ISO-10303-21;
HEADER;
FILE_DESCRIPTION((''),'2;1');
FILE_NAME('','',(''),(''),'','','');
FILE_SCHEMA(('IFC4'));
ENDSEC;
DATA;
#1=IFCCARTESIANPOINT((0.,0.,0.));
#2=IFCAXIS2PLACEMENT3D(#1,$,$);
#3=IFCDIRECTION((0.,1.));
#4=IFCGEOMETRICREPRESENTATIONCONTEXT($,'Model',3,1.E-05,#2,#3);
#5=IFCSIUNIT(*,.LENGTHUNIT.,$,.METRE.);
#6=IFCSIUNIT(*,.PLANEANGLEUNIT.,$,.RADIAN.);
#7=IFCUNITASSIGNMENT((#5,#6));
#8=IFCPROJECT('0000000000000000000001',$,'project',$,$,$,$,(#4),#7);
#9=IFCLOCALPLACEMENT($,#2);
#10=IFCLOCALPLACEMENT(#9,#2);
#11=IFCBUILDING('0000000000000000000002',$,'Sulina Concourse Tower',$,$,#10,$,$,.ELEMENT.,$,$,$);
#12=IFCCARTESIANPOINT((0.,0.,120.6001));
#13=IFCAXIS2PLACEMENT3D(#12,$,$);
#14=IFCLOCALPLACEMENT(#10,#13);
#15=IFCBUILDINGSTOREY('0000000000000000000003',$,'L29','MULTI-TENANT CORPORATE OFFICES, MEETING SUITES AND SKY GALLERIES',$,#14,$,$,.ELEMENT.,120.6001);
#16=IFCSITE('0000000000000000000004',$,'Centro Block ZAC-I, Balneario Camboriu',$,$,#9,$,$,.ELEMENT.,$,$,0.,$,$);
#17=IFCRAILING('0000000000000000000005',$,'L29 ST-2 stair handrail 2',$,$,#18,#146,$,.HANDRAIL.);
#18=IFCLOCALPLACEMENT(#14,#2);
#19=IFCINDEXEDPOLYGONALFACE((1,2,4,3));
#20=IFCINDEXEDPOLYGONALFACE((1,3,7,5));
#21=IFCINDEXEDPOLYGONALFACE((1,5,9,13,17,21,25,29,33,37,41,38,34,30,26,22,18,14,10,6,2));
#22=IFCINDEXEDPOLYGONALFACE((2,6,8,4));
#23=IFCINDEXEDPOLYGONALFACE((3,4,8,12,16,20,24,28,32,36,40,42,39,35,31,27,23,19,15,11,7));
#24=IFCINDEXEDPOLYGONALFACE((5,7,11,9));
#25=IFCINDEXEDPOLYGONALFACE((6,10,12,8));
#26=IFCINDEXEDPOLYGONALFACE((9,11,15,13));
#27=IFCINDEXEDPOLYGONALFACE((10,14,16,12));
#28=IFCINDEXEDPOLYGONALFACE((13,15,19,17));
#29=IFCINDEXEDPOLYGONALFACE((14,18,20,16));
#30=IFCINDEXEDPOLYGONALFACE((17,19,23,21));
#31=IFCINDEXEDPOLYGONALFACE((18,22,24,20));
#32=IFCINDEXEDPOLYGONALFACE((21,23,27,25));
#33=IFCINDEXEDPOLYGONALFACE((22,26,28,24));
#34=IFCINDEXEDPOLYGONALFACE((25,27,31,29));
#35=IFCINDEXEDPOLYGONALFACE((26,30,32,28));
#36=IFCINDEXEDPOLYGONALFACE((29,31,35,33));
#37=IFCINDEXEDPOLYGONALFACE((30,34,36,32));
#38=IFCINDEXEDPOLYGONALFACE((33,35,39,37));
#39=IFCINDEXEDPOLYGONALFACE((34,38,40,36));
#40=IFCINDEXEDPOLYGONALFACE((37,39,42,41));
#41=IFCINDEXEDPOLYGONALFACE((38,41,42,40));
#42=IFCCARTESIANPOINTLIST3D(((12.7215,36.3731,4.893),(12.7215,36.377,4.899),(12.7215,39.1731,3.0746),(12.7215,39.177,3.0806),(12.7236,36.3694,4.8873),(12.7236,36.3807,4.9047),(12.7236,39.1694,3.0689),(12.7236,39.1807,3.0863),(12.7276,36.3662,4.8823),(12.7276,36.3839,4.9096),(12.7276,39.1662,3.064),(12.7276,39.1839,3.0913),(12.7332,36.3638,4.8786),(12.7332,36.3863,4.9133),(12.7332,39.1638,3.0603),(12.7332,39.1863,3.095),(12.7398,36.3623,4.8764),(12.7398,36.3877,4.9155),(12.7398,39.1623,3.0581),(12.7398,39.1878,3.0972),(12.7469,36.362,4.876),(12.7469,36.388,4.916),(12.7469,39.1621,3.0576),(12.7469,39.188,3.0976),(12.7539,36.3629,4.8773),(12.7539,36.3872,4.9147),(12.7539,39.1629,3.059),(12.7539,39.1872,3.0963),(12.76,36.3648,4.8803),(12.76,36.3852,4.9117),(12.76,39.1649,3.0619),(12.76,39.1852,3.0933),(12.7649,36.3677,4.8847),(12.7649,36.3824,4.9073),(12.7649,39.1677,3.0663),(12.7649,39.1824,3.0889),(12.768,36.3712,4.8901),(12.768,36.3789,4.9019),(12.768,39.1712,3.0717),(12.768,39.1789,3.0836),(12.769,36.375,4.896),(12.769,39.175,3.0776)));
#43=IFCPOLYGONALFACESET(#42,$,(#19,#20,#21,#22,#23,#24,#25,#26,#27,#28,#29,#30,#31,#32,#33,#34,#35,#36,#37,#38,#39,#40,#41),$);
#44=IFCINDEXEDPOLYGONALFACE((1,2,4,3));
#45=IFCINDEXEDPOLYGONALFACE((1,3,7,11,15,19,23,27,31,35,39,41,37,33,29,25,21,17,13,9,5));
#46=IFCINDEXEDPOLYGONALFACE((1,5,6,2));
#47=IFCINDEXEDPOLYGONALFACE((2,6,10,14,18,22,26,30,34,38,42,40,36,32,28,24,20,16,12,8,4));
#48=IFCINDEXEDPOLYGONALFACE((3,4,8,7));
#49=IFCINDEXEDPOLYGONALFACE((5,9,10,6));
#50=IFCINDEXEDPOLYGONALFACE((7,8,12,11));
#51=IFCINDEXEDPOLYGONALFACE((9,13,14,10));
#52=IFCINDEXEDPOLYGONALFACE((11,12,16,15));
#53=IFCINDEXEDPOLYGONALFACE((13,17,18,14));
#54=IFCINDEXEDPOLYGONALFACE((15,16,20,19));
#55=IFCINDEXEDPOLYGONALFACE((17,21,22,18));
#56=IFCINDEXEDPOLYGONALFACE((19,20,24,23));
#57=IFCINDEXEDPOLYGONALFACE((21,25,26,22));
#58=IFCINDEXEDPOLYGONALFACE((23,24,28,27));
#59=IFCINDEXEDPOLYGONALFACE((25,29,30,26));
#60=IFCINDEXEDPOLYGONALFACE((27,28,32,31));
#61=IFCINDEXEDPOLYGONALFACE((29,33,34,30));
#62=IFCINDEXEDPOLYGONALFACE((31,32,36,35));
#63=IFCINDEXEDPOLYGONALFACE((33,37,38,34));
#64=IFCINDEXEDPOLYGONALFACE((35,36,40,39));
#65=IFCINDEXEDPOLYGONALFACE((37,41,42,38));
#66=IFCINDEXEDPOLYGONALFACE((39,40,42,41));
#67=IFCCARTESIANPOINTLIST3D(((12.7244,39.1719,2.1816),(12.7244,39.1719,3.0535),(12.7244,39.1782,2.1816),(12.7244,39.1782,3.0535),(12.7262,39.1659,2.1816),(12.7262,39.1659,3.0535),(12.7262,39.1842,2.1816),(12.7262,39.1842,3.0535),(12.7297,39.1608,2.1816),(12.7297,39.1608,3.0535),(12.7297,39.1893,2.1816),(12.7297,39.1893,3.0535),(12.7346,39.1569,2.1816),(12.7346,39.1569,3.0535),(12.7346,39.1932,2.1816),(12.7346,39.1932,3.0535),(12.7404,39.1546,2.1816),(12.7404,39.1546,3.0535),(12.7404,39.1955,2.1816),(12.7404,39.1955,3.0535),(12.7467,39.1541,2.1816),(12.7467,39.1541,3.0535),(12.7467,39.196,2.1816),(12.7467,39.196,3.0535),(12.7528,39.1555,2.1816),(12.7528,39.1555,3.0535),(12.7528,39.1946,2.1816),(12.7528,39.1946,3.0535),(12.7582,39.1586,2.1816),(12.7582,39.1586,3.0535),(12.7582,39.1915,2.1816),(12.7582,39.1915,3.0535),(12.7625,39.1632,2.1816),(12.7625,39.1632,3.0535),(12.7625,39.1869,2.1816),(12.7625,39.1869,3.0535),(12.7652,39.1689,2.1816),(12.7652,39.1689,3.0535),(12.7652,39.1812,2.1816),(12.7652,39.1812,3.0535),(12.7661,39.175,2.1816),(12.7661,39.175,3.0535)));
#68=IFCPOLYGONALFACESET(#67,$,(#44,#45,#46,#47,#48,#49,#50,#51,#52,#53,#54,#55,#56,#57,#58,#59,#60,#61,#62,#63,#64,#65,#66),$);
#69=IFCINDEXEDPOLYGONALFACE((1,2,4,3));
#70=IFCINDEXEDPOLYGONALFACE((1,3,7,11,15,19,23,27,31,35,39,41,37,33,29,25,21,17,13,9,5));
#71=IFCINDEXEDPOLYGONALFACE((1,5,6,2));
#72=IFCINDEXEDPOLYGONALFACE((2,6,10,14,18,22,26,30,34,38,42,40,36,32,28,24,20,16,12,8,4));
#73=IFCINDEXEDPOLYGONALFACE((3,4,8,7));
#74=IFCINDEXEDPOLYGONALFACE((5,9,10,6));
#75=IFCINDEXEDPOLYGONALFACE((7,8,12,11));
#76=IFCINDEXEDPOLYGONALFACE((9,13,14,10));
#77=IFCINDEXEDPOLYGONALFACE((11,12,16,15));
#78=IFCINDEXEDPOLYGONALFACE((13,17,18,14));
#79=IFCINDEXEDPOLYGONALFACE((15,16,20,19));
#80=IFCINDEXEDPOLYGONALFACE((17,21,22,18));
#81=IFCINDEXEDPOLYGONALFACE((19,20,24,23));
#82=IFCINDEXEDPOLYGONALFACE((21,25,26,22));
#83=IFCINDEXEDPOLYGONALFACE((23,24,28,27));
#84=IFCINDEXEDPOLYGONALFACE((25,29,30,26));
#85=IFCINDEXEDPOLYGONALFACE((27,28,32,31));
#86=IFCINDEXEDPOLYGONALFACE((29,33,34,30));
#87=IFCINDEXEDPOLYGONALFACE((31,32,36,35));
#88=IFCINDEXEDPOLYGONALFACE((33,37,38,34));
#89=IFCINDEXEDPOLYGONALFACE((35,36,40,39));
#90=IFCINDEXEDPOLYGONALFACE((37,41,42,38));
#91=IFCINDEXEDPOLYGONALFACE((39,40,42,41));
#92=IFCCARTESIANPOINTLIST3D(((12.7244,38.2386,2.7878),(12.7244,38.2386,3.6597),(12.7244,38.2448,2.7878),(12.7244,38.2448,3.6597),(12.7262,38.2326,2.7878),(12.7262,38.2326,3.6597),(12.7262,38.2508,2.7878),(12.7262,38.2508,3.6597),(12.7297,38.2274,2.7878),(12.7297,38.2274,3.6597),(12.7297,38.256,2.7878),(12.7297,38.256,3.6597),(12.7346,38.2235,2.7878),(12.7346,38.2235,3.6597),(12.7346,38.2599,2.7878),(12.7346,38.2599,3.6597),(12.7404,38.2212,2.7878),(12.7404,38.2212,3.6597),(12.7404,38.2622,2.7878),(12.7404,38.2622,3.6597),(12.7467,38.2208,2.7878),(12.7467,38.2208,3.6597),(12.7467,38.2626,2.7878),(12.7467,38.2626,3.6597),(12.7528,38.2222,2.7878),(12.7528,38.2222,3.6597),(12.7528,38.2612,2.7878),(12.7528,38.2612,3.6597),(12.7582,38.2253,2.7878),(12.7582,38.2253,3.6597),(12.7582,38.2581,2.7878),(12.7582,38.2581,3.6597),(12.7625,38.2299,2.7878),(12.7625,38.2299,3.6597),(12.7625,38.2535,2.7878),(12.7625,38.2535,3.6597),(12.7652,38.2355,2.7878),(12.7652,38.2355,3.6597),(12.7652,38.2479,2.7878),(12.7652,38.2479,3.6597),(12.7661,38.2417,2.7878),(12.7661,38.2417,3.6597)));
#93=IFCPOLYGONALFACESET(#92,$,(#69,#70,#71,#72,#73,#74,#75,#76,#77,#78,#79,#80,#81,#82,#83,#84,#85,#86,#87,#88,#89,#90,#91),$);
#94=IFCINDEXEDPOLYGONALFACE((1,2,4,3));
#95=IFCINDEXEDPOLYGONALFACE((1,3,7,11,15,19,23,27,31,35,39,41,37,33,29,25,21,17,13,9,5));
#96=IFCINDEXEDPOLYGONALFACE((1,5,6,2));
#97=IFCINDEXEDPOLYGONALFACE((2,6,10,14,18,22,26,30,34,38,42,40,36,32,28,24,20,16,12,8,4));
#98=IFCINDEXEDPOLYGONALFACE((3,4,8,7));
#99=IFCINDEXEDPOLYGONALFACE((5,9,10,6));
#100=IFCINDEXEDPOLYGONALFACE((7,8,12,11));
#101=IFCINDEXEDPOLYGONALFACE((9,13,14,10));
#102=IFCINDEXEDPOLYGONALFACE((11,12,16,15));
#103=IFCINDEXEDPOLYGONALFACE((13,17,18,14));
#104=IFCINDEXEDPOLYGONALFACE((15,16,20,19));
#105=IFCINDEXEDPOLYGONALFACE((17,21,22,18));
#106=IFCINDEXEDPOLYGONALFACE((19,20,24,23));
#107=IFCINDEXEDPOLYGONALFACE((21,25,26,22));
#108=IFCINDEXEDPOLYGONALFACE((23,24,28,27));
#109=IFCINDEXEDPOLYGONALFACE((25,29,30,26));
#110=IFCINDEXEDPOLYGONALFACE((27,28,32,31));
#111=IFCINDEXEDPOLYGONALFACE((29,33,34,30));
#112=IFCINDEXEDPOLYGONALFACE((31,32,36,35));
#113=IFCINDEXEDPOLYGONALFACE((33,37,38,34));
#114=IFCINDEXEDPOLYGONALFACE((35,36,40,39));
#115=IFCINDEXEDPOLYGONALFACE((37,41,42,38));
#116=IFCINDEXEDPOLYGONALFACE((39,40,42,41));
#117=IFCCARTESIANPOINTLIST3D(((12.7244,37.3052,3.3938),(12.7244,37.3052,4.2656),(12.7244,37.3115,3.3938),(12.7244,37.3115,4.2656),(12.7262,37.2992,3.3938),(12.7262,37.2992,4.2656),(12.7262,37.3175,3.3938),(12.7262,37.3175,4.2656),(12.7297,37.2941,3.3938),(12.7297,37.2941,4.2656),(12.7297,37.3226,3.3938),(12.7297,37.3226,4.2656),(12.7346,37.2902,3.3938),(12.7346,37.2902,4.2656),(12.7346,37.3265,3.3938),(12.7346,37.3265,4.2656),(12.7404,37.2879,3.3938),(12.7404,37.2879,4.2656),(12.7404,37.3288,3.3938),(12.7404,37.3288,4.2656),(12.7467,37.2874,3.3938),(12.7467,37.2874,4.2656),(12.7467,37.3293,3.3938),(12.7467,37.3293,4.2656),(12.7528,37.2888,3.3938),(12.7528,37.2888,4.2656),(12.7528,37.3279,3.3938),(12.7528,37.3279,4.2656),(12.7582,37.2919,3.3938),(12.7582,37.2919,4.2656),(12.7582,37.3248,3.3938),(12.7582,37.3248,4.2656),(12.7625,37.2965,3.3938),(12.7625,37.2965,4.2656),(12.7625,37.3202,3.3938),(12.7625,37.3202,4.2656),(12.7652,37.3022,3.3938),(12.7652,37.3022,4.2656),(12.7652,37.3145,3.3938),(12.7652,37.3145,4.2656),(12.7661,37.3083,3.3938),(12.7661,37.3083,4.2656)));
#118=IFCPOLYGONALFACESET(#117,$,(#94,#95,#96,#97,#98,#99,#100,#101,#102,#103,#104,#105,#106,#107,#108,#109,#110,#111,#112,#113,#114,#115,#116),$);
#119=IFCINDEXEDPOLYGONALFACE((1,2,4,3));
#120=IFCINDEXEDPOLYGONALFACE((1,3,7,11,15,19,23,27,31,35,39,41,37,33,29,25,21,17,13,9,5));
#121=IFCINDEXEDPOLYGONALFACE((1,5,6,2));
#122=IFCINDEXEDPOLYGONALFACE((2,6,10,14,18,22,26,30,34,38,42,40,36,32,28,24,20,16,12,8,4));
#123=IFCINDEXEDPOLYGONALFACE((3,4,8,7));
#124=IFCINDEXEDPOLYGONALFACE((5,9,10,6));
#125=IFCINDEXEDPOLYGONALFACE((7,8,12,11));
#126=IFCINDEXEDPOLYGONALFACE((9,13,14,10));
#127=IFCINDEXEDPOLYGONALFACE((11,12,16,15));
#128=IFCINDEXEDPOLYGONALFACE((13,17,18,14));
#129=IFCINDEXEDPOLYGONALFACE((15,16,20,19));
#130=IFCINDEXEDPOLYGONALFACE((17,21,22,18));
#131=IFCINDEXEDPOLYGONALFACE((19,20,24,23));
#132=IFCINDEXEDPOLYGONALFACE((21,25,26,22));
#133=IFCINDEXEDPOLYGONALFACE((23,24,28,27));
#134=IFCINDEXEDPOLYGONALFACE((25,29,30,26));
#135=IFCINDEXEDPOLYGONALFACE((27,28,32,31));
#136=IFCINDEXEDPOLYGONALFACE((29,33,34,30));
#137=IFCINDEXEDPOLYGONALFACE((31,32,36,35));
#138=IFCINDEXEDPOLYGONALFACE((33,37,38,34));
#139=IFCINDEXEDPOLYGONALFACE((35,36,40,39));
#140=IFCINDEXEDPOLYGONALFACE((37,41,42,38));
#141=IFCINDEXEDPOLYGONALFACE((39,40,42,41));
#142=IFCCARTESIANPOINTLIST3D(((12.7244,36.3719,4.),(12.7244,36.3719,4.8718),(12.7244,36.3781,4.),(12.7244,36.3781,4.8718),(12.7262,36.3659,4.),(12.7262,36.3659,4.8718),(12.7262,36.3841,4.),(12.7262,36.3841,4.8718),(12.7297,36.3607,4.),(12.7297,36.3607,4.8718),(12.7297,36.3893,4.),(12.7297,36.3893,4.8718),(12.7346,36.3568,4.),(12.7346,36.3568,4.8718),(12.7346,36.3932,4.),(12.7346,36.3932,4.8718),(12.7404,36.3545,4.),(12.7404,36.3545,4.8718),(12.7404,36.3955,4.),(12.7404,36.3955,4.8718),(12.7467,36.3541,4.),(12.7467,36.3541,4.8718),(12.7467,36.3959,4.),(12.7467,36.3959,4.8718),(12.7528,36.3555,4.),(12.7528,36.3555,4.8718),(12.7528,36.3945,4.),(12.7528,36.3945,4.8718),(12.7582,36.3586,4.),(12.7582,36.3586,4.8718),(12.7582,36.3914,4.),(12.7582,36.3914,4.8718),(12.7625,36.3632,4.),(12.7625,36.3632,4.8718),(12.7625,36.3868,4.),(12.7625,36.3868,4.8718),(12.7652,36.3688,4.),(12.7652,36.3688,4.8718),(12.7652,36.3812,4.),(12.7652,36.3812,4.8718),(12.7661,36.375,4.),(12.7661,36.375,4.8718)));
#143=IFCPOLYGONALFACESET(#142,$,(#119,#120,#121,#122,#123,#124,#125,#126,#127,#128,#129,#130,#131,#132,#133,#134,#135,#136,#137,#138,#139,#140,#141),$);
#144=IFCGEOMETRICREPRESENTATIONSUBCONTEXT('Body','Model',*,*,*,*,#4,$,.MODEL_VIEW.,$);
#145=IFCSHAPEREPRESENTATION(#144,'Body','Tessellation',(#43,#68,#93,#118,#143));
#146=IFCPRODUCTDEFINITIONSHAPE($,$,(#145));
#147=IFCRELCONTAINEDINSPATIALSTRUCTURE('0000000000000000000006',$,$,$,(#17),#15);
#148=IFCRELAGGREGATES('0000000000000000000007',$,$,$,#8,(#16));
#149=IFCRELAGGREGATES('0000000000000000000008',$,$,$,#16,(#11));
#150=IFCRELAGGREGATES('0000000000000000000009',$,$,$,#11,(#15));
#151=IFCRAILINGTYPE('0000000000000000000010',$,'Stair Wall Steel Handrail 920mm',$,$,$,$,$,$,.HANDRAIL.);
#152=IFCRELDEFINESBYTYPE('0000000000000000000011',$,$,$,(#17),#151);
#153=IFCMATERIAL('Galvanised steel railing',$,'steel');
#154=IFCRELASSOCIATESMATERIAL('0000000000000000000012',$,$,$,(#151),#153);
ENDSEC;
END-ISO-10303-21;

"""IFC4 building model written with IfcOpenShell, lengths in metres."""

from ifc_helpers import new_model, si_unit, direction, frame, origin, origin_2d, place, context, subcontext, project, spatial, circle, extrude, material, type_object, element, save


model = new_model("IFC4")

# Units and contexts
model_context = context("Model", 3, precision=1e-05, world=origin(), true_north=direction((0.0, 1.0)))
body_context = subcontext(model_context, "Body", "Model", "MODEL_VIEW")
ifc_project = project(units=[si_unit("LENGTHUNIT", "METRE"), si_unit("PLANEANGLEUNIT", "RADIAN")], contexts=[model_context])

# Site, building, storey
site_placement = place(None, origin())
site = spatial("IfcSite", under=ifc_project, at=site_placement, Name="Centro Block ZAC-I, Balneario Camboriu", CompositionType="ELEMENT", RefElevation=0.0)
building_placement = place(site_placement, origin())
building = spatial("IfcBuilding", under=site, at=building_placement, Name="Sulina Concourse Tower", CompositionType="ELEMENT")
storey_placement = place(building_placement, frame((0.0, 0.0, 120.6001)))
storey = spatial("IfcBuildingStorey", under=building, at=storey_placement, Name="L29", Description="MULTI-TENANT CORPORATE OFFICES, MEETING SUITES AND SKY GALLERIES", CompositionType="ELEMENT", Elevation=120.6001)

# Railing
ifc_material_1 = material(Name="Galvanised steel railing", Category="steel")
railing_type_1 = type_object("IfcRailingType", Name="Stair Wall Steel Handrail 920mm", PredefinedType="HANDRAIL", material=ifc_material_1)
railing_1_placement = place(storey_placement, frame((12.7451, 39.175, 2.1816)))
element("IfcRailing", 1, at=railing_1_placement, inside=storey, type_object=railing_type_1, Name="L29 ST-2 stair handrail 2", PredefinedType="HANDRAIL", context=body_context, shape_type="SweptSolid", body=[
    extrude(circle(Radius=0.0239, at=origin_2d()), frame((0.0, 0.0, 0.896), z_axis=(0.0, -0.838672, 0.544636), x_axis=(1.0, 0.0, 0.0)), (0.0, 0.0, 1.0), 3.3386),
    extrude(circle(Radius=0.021, at=origin_2d()), origin(), (0.0, 0.0, 1.0), 0.8718),
    extrude(circle(Radius=0.021, at=origin_2d()), frame((0.0, -0.9333, 0.6062)), (0.0, 0.0, 1.0), 0.8718),
    extrude(circle(Radius=0.021, at=origin_2d()), frame((0.0, -1.8667, 1.2122)), (0.0, 0.0, 1.0), 0.8718),
    extrude(circle(Radius=0.021, at=origin_2d()), frame((0.0, -2.8, 1.8184)), (0.0, 0.0, 1.0), 0.8718),
])

save(model, "model.ifc")
